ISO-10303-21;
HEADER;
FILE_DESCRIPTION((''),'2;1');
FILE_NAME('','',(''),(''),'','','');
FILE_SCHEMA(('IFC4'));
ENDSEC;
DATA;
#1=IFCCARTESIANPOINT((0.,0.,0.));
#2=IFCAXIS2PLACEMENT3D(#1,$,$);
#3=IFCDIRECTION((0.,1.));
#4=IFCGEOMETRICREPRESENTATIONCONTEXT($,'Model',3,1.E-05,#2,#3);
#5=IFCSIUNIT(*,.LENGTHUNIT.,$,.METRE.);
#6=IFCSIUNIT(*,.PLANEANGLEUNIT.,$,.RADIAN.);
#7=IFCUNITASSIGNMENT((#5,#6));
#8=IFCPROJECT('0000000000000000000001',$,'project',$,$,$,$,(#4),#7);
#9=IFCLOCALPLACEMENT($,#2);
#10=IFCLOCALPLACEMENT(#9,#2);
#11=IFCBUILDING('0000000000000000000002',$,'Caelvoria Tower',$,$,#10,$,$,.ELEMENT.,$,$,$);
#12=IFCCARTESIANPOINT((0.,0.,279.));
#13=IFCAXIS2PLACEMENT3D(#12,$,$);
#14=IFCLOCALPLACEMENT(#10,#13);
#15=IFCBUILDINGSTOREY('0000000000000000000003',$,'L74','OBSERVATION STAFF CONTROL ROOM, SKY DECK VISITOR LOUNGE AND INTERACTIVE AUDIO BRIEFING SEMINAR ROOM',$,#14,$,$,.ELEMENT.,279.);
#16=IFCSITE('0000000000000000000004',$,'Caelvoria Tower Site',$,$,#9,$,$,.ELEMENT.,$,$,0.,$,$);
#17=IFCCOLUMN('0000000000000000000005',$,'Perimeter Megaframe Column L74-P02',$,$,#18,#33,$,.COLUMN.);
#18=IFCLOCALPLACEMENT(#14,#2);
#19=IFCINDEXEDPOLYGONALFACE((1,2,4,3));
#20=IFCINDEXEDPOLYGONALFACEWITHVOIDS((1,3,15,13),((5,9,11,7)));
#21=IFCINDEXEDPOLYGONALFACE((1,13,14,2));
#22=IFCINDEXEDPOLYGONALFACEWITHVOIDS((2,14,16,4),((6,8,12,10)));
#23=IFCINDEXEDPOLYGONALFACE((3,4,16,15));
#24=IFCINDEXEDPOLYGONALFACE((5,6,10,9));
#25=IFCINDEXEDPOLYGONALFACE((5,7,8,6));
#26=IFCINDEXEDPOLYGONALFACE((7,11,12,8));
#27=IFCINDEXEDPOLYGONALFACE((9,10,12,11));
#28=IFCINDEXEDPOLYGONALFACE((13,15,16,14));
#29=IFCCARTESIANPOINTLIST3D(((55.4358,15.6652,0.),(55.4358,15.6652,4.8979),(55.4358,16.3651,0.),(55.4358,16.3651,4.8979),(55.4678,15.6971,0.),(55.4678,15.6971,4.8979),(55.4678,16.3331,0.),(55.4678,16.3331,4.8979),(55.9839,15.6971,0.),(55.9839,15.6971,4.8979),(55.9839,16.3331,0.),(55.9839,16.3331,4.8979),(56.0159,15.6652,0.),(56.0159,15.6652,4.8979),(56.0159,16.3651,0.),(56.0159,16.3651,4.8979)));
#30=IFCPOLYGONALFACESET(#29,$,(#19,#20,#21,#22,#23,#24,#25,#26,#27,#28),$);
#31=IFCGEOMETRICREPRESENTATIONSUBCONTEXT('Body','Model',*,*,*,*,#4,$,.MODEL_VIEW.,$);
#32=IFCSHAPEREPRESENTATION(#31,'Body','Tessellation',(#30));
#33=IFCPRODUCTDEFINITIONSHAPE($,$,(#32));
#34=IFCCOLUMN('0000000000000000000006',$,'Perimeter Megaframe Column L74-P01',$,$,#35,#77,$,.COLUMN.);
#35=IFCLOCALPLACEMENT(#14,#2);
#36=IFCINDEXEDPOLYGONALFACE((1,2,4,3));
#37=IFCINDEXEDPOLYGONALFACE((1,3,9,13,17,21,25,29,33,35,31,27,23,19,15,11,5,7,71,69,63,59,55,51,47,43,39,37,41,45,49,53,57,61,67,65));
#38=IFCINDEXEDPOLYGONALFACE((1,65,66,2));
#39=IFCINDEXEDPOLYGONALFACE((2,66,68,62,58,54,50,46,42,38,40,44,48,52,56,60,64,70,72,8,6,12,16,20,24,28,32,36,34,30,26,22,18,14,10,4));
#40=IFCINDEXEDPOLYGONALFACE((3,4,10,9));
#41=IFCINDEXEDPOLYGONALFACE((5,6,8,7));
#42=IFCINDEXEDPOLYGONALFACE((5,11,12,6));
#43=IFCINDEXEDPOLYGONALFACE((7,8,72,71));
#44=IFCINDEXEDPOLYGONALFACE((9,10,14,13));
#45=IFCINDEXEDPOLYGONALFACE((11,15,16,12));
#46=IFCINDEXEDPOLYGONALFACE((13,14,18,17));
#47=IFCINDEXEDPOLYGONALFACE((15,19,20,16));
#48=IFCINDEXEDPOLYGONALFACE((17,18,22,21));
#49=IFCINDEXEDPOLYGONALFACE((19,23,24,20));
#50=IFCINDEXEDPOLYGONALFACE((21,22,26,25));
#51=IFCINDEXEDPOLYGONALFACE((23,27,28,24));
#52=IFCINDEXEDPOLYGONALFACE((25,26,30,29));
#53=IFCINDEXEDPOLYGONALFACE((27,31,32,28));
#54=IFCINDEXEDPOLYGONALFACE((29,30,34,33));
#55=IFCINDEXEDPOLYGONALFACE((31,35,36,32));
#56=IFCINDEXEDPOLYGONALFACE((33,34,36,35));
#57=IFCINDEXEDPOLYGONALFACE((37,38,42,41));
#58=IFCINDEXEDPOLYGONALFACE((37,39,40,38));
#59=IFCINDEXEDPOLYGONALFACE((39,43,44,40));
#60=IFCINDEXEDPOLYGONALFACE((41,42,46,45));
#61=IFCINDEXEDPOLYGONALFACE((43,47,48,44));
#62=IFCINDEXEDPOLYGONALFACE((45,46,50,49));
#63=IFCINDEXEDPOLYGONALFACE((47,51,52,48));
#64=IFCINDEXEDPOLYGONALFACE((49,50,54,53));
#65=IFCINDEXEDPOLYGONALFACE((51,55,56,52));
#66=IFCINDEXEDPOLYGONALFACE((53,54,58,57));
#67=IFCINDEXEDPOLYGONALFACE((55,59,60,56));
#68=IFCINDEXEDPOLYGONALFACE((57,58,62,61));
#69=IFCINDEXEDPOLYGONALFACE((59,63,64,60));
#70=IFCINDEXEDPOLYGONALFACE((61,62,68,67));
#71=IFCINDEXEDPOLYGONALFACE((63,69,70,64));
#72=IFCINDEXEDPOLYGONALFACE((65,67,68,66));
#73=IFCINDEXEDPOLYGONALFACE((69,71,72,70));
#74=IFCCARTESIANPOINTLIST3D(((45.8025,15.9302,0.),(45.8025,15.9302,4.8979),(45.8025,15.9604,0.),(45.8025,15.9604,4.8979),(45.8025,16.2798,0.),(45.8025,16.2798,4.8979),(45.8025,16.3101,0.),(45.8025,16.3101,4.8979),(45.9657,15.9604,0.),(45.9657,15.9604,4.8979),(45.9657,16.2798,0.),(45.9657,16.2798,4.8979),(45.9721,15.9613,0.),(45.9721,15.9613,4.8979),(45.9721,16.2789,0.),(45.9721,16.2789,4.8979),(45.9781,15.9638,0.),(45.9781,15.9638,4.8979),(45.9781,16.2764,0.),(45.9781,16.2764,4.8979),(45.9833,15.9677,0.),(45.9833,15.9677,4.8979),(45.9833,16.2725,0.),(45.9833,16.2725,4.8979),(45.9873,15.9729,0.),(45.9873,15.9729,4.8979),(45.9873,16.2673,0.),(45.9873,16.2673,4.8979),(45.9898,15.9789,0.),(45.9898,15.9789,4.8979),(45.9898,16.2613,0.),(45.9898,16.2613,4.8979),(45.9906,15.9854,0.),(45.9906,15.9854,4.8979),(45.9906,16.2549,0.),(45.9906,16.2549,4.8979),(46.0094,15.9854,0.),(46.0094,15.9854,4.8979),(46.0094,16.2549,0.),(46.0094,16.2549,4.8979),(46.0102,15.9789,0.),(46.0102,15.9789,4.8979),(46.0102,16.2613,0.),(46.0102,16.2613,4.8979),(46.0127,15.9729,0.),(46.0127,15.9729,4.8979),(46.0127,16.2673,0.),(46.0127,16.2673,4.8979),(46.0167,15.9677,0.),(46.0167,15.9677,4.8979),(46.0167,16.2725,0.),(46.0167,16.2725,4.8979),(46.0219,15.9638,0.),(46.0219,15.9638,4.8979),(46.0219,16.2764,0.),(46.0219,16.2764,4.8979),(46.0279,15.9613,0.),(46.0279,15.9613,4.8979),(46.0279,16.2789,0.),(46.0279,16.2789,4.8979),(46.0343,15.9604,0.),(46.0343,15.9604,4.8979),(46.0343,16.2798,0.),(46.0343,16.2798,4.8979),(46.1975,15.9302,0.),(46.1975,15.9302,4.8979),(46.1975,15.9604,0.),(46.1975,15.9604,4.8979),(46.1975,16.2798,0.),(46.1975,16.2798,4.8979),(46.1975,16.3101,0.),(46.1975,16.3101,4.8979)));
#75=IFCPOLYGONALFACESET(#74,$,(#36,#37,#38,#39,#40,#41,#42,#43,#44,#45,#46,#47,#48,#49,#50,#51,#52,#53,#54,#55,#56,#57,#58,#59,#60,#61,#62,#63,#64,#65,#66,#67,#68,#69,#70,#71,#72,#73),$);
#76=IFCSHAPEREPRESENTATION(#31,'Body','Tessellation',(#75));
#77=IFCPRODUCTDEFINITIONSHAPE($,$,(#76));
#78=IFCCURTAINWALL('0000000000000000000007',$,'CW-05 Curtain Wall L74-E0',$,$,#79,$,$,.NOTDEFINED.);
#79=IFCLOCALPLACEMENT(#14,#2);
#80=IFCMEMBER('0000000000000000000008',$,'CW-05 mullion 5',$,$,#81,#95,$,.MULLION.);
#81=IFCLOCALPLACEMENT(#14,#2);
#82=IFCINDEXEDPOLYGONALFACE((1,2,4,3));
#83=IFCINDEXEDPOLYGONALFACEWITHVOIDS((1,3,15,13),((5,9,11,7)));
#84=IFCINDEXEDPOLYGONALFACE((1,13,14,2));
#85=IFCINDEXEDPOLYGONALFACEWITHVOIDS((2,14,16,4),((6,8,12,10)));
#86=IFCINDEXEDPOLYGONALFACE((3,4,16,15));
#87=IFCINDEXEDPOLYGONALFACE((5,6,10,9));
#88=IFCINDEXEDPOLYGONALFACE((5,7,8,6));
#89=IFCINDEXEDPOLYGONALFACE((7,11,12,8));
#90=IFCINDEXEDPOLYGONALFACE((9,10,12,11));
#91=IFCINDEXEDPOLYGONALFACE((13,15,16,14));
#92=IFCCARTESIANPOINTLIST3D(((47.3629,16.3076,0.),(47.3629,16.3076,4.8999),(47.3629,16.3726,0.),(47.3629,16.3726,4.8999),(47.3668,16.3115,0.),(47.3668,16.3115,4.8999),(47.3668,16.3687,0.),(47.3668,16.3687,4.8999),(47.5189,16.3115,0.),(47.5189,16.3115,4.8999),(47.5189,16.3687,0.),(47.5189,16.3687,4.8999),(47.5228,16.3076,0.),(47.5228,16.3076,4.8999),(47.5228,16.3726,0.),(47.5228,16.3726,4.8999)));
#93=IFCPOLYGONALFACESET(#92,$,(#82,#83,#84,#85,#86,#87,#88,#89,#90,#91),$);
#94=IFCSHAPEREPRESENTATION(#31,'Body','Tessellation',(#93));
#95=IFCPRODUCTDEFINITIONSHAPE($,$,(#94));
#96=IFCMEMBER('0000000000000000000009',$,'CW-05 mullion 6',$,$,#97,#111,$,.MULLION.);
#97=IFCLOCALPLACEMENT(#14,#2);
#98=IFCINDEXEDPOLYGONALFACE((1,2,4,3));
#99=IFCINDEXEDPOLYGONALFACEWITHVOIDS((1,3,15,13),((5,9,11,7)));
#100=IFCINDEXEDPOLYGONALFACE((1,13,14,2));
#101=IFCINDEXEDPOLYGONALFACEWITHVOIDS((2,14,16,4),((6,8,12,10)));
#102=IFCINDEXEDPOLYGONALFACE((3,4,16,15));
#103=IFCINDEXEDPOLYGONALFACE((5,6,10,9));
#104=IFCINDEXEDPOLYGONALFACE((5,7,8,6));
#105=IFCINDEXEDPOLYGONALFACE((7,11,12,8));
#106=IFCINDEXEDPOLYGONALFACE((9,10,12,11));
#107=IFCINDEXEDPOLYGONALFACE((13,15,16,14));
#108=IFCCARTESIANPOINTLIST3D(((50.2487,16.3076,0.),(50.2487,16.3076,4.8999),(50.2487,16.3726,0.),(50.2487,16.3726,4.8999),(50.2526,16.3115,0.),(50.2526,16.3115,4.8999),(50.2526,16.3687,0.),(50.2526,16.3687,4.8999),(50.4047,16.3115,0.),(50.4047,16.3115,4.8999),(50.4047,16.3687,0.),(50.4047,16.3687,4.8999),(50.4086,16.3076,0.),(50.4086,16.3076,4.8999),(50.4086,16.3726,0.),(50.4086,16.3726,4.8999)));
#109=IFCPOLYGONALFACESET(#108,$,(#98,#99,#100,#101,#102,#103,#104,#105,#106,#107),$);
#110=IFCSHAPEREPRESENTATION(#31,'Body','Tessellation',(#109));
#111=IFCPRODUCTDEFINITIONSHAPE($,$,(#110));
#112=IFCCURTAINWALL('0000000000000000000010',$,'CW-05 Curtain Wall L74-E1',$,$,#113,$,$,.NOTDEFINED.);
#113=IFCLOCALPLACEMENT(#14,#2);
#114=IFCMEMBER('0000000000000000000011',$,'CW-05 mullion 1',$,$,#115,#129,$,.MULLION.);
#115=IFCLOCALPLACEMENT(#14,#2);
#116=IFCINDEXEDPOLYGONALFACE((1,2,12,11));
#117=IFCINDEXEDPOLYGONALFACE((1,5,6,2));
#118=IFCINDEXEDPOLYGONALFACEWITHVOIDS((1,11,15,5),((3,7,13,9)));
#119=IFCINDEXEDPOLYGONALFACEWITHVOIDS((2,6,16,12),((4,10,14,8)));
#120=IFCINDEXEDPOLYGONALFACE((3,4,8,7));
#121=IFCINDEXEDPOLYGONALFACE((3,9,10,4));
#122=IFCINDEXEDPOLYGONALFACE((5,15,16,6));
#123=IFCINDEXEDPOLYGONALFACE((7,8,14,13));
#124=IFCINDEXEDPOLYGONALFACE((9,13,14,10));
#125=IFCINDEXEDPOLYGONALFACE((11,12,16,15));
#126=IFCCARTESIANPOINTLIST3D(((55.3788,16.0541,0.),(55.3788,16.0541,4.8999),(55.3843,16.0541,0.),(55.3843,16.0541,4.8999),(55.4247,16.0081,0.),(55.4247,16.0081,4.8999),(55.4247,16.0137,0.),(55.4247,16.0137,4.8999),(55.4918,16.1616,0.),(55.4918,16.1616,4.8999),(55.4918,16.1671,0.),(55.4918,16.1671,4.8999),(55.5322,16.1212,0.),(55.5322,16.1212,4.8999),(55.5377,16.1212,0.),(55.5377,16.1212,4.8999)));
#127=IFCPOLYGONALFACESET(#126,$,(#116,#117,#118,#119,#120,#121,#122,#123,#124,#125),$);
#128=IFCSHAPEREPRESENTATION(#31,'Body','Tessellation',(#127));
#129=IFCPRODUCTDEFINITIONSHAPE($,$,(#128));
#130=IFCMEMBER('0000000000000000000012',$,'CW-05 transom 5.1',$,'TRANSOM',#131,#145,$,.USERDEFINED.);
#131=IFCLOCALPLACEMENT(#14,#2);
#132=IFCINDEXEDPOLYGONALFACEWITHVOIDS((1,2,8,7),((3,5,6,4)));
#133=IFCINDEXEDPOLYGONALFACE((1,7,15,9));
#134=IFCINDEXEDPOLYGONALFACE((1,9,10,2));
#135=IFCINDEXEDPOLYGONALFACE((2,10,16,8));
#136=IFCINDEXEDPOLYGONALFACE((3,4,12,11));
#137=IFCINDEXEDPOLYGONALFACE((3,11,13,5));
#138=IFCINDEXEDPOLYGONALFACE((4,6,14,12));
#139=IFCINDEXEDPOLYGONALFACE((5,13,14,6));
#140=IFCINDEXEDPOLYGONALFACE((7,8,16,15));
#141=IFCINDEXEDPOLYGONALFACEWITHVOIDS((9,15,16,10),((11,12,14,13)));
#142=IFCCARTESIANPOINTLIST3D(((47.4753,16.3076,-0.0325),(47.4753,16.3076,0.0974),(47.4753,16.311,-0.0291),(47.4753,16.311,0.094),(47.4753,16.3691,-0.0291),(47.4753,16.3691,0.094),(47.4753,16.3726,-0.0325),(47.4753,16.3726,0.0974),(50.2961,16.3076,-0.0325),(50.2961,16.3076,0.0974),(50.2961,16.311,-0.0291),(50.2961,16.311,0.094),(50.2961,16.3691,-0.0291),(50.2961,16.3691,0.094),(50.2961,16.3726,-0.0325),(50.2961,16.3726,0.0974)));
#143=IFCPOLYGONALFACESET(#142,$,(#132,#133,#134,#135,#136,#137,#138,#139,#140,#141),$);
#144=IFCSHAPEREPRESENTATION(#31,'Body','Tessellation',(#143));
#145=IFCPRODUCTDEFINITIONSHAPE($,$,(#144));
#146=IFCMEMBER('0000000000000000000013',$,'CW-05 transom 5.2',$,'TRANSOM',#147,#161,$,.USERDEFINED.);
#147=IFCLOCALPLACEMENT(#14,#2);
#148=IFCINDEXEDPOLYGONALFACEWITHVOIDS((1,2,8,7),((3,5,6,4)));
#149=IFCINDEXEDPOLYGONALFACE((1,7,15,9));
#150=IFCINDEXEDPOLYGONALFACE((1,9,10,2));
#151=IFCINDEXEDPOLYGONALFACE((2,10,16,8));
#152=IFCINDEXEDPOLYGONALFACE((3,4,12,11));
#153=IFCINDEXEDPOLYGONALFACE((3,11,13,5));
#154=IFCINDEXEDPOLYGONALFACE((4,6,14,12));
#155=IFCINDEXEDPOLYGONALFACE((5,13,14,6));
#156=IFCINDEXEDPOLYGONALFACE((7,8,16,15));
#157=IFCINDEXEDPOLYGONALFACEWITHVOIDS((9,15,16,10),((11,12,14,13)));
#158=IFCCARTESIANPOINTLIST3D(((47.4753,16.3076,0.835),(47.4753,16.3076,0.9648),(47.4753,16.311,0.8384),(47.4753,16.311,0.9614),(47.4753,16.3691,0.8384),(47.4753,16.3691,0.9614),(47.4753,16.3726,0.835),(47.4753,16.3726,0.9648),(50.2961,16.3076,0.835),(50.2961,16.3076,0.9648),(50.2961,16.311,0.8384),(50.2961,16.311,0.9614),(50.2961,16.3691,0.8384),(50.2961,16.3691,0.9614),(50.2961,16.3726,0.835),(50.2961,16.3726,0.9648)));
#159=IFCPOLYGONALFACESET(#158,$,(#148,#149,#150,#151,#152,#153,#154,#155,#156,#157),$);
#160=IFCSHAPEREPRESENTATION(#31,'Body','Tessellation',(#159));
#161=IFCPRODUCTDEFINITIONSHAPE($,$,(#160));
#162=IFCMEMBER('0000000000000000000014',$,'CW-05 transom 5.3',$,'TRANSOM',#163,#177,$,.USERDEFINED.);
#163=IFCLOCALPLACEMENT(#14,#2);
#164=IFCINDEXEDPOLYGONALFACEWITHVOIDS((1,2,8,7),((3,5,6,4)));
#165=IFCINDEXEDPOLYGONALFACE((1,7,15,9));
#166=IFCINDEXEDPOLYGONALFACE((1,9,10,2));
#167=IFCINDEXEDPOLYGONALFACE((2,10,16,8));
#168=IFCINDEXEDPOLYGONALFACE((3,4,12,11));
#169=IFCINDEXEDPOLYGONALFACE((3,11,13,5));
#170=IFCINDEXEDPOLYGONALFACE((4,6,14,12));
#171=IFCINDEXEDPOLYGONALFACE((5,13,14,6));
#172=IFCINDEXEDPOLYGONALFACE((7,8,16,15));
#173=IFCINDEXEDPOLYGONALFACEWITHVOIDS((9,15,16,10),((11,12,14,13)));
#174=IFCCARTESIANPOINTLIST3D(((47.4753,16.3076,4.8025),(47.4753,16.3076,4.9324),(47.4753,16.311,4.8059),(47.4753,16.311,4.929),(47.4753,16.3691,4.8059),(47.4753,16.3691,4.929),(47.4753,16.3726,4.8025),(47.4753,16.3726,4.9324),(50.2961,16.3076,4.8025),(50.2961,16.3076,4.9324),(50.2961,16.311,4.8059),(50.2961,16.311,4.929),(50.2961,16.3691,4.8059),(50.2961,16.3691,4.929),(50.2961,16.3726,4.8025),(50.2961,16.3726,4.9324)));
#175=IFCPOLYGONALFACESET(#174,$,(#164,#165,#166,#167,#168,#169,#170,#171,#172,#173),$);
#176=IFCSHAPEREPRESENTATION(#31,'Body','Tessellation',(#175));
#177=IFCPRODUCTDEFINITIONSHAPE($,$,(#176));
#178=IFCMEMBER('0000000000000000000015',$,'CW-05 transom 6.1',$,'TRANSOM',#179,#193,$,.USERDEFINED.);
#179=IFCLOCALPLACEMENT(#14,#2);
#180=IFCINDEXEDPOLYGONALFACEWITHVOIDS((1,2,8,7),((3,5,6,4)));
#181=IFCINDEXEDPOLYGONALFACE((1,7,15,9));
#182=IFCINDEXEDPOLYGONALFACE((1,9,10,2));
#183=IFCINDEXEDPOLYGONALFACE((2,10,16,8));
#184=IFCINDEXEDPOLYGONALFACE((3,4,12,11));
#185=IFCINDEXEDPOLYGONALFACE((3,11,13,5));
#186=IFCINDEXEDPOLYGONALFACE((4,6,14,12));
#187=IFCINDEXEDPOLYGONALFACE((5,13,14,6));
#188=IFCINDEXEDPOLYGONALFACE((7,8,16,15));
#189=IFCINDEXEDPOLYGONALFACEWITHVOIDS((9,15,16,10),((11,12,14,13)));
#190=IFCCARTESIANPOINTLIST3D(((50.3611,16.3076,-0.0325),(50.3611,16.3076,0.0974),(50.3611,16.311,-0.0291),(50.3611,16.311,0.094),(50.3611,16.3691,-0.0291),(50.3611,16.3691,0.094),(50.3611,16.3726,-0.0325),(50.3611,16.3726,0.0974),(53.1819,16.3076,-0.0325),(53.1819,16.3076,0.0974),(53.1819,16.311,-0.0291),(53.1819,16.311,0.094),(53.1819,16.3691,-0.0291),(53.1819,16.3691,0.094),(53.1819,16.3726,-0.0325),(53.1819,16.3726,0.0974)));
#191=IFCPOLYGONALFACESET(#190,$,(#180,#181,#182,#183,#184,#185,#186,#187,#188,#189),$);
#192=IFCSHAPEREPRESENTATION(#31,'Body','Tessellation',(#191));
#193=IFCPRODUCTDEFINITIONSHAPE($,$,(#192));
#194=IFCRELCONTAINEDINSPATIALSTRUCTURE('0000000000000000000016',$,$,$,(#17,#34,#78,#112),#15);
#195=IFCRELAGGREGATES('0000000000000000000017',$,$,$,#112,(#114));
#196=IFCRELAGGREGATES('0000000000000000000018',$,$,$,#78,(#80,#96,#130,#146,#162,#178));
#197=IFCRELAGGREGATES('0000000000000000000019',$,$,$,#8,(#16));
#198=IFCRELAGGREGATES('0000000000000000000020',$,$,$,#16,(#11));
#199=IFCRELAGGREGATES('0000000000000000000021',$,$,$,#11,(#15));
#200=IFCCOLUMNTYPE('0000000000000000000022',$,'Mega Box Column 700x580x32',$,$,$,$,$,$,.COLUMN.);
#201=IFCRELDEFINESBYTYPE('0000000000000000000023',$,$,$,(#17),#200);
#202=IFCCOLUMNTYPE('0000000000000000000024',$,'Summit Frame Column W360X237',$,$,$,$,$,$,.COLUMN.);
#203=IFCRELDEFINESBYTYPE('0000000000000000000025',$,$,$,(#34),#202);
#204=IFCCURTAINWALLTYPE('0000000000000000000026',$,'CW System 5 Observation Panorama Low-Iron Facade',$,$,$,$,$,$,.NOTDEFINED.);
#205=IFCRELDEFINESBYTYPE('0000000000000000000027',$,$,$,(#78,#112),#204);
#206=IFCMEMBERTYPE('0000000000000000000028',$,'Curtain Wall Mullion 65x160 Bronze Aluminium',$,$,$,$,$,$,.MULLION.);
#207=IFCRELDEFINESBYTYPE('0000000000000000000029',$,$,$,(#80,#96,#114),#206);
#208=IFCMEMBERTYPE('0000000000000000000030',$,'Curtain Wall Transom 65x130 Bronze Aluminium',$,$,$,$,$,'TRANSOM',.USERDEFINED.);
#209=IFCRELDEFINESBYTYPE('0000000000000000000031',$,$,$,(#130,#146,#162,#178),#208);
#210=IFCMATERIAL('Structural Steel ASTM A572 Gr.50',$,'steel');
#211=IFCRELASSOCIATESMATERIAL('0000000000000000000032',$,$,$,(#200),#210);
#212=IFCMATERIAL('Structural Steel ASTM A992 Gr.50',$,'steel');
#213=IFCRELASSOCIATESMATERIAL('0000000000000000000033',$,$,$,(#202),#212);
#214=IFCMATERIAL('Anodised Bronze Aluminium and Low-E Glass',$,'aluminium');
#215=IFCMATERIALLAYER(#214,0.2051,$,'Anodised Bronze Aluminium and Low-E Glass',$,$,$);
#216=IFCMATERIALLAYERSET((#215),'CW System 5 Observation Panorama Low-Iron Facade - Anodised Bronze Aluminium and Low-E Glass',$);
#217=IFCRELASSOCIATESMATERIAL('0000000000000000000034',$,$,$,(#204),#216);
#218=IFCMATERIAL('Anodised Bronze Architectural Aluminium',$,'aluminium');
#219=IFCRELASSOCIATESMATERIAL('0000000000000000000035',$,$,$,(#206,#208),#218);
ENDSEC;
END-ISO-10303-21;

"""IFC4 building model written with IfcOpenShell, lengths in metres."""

from ifc_helpers import new_model, si_unit, direction, frame, origin, origin_2d, place, context, subcontext, project, spatial, hollow_rectangle, i_section, extrude, material, layer, layer_set, material_profile, profile_set, type_object, element, aggregate, save


model = new_model("IFC4")

# Units and contexts
model_context = context("Model", 3, precision=1e-05, world=origin(), true_north=direction((0.0, 1.0)))
body_context = subcontext(model_context, "Body", "Model", "MODEL_VIEW")
ifc_project = project(units=[si_unit("LENGTHUNIT", "METRE"), si_unit("PLANEANGLEUNIT", "RADIAN")], contexts=[model_context])

# Site, building, storey
site_placement = place(None, origin())
site = spatial("IfcSite", under=ifc_project, at=site_placement, Name="Caelvoria Tower Site", CompositionType="ELEMENT", RefElevation=0.0)
building_placement = place(site_placement, origin())
building = spatial("IfcBuilding", under=site, at=building_placement, Name="Caelvoria Tower", CompositionType="ELEMENT")
storey_placement = place(building_placement, frame((0.0, 0.0, 279.0)))
storey = spatial("IfcBuildingStorey", under=building, at=storey_placement, Name="L74", Description="OBSERVATION STAFF CONTROL ROOM, SKY DECK VISITOR LOUNGE AND INTERACTIVE AUDIO BRIEFING SEMINAR ROOM", CompositionType="ELEMENT", Elevation=279.0)

# Columns
ifc_material_1 = material(Name="Structural Steel ASTM A572 Gr.50", Category="steel")
ifc_material_profile_1 = material_profile(ifc_material_1, hollow_rectangle(XDim=0.5801, YDim=0.7, WallThickness=0.032, at=origin_2d()), Name="Structural Steel ASTM A572 Gr.50")
ifc_profile_set_1 = profile_set([ifc_material_profile_1], Name="BOX700X580X32 - Structural Steel ASTM A572 Gr.50")
column_type_1 = type_object("IfcColumnType", Name="Mega Box Column 700x580x32", PredefinedType="COLUMN", material=ifc_profile_set_1)
column_1_placement = place(storey_placement, frame((55.7258, 16.0151, 0.0), z_axis=(0.0, 0.0, 1.0), x_axis=(1.0, 0.0, 0.0)))
element("IfcColumn", 1, at=column_1_placement, inside=storey, type_object=column_type_1, Name="Perimeter Megaframe Column L74-P02", PredefinedType="COLUMN", context=body_context, shape_type="SweptSolid", body=[
    extrude(hollow_rectangle(XDim=0.5801, YDim=0.7, WallThickness=0.032, at=origin_2d()), origin(), (0.0, 0.0, 1.0), 4.8979),
])
ifc_material_2 = material(Name="Structural Steel ASTM A992 Gr.50", Category="steel")
ifc_material_profile_2 = material_profile(ifc_material_2, i_section(OverallWidth=0.395, OverallDepth=0.3799, WebThickness=0.0188, FlangeThickness=0.0303, FilletRadius=0.0249, at=origin_2d()), Name="Structural Steel ASTM A992 Gr.50")
ifc_profile_set_2 = profile_set([ifc_material_profile_2], Name="W360X237 - Structural Steel ASTM A992 Gr.50")
column_type_2 = type_object("IfcColumnType", Name="Summit Frame Column W360X237", PredefinedType="COLUMN", material=ifc_profile_set_2)
column_2_placement = place(storey_placement, frame((46.0, 16.1201, 0.0), z_axis=(0.0, 0.0, 1.0), x_axis=(1.0, 0.0, 0.0)))
element("IfcColumn", 2, at=column_2_placement, inside=storey, type_object=column_type_2, Name="Perimeter Megaframe Column L74-P01", PredefinedType="COLUMN", context=body_context, shape_type="SweptSolid", body=[
    extrude(i_section(OverallWidth=0.395, OverallDepth=0.3799, WebThickness=0.0188, FlangeThickness=0.0303, FilletRadius=0.0249, at=origin_2d()), origin(), (0.0, 0.0, 1.0), 4.8979),
])

# Curtain wall, members
ifc_material_3 = material(Name="Anodised Bronze Aluminium and Low-E Glass", Category="aluminium")
ifc_layer_1 = layer(ifc_material_3, 0.2051, Name="Anodised Bronze Aluminium and Low-E Glass")
ifc_layer_set_1 = layer_set([ifc_layer_1], Name="CW System 5 Observation Panorama Low-Iron Facade - Anodised Bronze Aluminium and Low-E Glass")
curtain_wall_type = type_object("IfcCurtainWallType", Name="CW System 5 Observation Panorama Low-Iron Facade", PredefinedType="NOTDEFINED", material=ifc_layer_set_1)
curtain_wall_1_placement = place(storey_placement, origin())
curtain_wall_1 = element("IfcCurtainWall", 3, at=curtain_wall_1_placement, inside=storey, type_object=curtain_wall_type, Name="CW-05 Curtain Wall L74-E0", PredefinedType="NOTDEFINED")
ifc_material_4 = material(Name="Anodised Bronze Architectural Aluminium", Category="aluminium")
ifc_material_profile_3 = material_profile(ifc_material_4, hollow_rectangle(XDim=0.0649, YDim=0.1599, WallThickness=0.0039, at=origin_2d()), Name="Anodised Bronze Architectural Aluminium")
ifc_profile_set_3 = profile_set([ifc_material_profile_3], Name="CW_MULL_65X160 - Anodised Bronze Architectural Aluminium")
member_type_1 = type_object("IfcMemberType", Name="Curtain Wall Mullion 65x160 Bronze Aluminium", PredefinedType="MULLION", material=ifc_profile_set_3)
member_1_placement = place(storey_placement, frame((47.4429, 16.3401, 0.0), z_axis=(0.0, 0.0, 1.0), x_axis=(0.0, 1.0, 0.0)))
member_1 = element("IfcMember", 4, at=member_1_placement, type_object=member_type_1, Name="CW-05 mullion 5", PredefinedType="MULLION", context=body_context, shape_type="SweptSolid", body=[
    extrude(hollow_rectangle(XDim=0.0649, YDim=0.1599, WallThickness=0.0039, at=origin_2d()), origin(), (0.0, 0.0, 1.0), 4.8999),
])
member_2_placement = place(storey_placement, frame((50.3286, 16.3401, 0.0), z_axis=(0.0, 0.0, 1.0), x_axis=(0.0, 1.0, 0.0)))
member_2 = element("IfcMember", 5, at=member_2_placement, type_object=member_type_1, Name="CW-05 mullion 6", PredefinedType="MULLION", context=body_context, shape_type="SweptSolid", body=[
    extrude(hollow_rectangle(XDim=0.0649, YDim=0.1599, WallThickness=0.0039, at=origin_2d()), origin(), (0.0, 0.0, 1.0), 4.8999),
])

# Curtain wall, member
curtain_wall_2_placement = place(storey_placement, origin())
curtain_wall_2 = element("IfcCurtainWall", 6, at=curtain_wall_2_placement, inside=storey, type_object=curtain_wall_type, Name="CW-05 Curtain Wall L74-E1", PredefinedType="NOTDEFINED")
member_3_placement = place(storey_placement, frame((55.4583, 16.0876, 0.0), z_axis=(0.0, 0.0, 1.0), x_axis=(-0.707107, 0.707107, 0.0)))
member_3 = element("IfcMember", 7, at=member_3_placement, type_object=member_type_1, Name="CW-05 mullion 1", PredefinedType="MULLION", context=body_context, shape_type="SweptSolid", body=[
    extrude(hollow_rectangle(XDim=0.0649, YDim=0.1599, WallThickness=0.0039, at=origin_2d()), origin(), (0.0, 0.0, 1.0), 4.8999),
])

# Members
ifc_material_profile_4 = material_profile(ifc_material_4, hollow_rectangle(XDim=0.0649, YDim=0.1299, WallThickness=0.0034, at=origin_2d()), Name="Anodised Bronze Architectural Aluminium")
ifc_profile_set_4 = profile_set([ifc_material_profile_4], Name="CW_TRAN_65X130 - Anodised Bronze Architectural Aluminium")
member_type_2 = type_object("IfcMemberType", Name="Curtain Wall Transom 65x130 Bronze Aluminium", ElementType="TRANSOM", PredefinedType="USERDEFINED", material=ifc_profile_set_4)
member_4_placement = place(storey_placement, frame((47.4753, 16.3401, 0.0325), z_axis=(1.0, 0.0, 0.0), x_axis=(0.0, 1.0, 0.0)))
member_4 = element("IfcMember", 8, at=member_4_placement, type_object=member_type_2, Name="CW-05 transom 5.1", ObjectType="TRANSOM", PredefinedType="USERDEFINED", context=body_context, shape_type="SweptSolid", body=[
    extrude(hollow_rectangle(XDim=0.0649, YDim=0.1299, WallThickness=0.0034, at=origin_2d()), origin(), (0.0, 0.0, 1.0), 2.8208),
])
member_5_placement = place(storey_placement, frame((47.4753, 16.3401, 0.8999), z_axis=(1.0, 0.0, 0.0), x_axis=(0.0, 1.0, 0.0)))
member_5 = element("IfcMember", 9, at=member_5_placement, type_object=member_type_2, Name="CW-05 transom 5.2", ObjectType="TRANSOM", PredefinedType="USERDEFINED", context=body_context, shape_type="SweptSolid", body=[
    extrude(hollow_rectangle(XDim=0.0649, YDim=0.1299, WallThickness=0.0034, at=origin_2d()), origin(), (0.0, 0.0, 1.0), 2.8208),
])
member_6_placement = place(storey_placement, frame((47.4753, 16.3401, 4.8674), z_axis=(1.0, 0.0, 0.0), x_axis=(0.0, 1.0, 0.0)))
member_6 = element("IfcMember", 10, at=member_6_placement, type_object=member_type_2, Name="CW-05 transom 5.3", ObjectType="TRANSOM", PredefinedType="USERDEFINED", context=body_context, shape_type="SweptSolid", body=[
    extrude(hollow_rectangle(XDim=0.0649, YDim=0.1299, WallThickness=0.0034, at=origin_2d()), origin(), (0.0, 0.0, 1.0), 2.8208),
])
member_7_placement = place(storey_placement, frame((50.3611, 16.3401, 0.0325), z_axis=(1.0, 0.0, 0.0), x_axis=(0.0, 1.0, 0.0)))
member_7 = element("IfcMember", 11, at=member_7_placement, type_object=member_type_2, Name="CW-05 transom 6.1", ObjectType="TRANSOM", PredefinedType="USERDEFINED", context=body_context, shape_type="SweptSolid", body=[
    extrude(hollow_rectangle(XDim=0.0649, YDim=0.1299, WallThickness=0.0034, at=origin_2d()), origin(), (0.0, 0.0, 1.0), 2.8208),
])
aggregate(curtain_wall_2, [member_3])

aggregate(curtain_wall_1, [member_1, member_2, member_4, member_5, member_6, member_7])

save(model, "model.ifc")
